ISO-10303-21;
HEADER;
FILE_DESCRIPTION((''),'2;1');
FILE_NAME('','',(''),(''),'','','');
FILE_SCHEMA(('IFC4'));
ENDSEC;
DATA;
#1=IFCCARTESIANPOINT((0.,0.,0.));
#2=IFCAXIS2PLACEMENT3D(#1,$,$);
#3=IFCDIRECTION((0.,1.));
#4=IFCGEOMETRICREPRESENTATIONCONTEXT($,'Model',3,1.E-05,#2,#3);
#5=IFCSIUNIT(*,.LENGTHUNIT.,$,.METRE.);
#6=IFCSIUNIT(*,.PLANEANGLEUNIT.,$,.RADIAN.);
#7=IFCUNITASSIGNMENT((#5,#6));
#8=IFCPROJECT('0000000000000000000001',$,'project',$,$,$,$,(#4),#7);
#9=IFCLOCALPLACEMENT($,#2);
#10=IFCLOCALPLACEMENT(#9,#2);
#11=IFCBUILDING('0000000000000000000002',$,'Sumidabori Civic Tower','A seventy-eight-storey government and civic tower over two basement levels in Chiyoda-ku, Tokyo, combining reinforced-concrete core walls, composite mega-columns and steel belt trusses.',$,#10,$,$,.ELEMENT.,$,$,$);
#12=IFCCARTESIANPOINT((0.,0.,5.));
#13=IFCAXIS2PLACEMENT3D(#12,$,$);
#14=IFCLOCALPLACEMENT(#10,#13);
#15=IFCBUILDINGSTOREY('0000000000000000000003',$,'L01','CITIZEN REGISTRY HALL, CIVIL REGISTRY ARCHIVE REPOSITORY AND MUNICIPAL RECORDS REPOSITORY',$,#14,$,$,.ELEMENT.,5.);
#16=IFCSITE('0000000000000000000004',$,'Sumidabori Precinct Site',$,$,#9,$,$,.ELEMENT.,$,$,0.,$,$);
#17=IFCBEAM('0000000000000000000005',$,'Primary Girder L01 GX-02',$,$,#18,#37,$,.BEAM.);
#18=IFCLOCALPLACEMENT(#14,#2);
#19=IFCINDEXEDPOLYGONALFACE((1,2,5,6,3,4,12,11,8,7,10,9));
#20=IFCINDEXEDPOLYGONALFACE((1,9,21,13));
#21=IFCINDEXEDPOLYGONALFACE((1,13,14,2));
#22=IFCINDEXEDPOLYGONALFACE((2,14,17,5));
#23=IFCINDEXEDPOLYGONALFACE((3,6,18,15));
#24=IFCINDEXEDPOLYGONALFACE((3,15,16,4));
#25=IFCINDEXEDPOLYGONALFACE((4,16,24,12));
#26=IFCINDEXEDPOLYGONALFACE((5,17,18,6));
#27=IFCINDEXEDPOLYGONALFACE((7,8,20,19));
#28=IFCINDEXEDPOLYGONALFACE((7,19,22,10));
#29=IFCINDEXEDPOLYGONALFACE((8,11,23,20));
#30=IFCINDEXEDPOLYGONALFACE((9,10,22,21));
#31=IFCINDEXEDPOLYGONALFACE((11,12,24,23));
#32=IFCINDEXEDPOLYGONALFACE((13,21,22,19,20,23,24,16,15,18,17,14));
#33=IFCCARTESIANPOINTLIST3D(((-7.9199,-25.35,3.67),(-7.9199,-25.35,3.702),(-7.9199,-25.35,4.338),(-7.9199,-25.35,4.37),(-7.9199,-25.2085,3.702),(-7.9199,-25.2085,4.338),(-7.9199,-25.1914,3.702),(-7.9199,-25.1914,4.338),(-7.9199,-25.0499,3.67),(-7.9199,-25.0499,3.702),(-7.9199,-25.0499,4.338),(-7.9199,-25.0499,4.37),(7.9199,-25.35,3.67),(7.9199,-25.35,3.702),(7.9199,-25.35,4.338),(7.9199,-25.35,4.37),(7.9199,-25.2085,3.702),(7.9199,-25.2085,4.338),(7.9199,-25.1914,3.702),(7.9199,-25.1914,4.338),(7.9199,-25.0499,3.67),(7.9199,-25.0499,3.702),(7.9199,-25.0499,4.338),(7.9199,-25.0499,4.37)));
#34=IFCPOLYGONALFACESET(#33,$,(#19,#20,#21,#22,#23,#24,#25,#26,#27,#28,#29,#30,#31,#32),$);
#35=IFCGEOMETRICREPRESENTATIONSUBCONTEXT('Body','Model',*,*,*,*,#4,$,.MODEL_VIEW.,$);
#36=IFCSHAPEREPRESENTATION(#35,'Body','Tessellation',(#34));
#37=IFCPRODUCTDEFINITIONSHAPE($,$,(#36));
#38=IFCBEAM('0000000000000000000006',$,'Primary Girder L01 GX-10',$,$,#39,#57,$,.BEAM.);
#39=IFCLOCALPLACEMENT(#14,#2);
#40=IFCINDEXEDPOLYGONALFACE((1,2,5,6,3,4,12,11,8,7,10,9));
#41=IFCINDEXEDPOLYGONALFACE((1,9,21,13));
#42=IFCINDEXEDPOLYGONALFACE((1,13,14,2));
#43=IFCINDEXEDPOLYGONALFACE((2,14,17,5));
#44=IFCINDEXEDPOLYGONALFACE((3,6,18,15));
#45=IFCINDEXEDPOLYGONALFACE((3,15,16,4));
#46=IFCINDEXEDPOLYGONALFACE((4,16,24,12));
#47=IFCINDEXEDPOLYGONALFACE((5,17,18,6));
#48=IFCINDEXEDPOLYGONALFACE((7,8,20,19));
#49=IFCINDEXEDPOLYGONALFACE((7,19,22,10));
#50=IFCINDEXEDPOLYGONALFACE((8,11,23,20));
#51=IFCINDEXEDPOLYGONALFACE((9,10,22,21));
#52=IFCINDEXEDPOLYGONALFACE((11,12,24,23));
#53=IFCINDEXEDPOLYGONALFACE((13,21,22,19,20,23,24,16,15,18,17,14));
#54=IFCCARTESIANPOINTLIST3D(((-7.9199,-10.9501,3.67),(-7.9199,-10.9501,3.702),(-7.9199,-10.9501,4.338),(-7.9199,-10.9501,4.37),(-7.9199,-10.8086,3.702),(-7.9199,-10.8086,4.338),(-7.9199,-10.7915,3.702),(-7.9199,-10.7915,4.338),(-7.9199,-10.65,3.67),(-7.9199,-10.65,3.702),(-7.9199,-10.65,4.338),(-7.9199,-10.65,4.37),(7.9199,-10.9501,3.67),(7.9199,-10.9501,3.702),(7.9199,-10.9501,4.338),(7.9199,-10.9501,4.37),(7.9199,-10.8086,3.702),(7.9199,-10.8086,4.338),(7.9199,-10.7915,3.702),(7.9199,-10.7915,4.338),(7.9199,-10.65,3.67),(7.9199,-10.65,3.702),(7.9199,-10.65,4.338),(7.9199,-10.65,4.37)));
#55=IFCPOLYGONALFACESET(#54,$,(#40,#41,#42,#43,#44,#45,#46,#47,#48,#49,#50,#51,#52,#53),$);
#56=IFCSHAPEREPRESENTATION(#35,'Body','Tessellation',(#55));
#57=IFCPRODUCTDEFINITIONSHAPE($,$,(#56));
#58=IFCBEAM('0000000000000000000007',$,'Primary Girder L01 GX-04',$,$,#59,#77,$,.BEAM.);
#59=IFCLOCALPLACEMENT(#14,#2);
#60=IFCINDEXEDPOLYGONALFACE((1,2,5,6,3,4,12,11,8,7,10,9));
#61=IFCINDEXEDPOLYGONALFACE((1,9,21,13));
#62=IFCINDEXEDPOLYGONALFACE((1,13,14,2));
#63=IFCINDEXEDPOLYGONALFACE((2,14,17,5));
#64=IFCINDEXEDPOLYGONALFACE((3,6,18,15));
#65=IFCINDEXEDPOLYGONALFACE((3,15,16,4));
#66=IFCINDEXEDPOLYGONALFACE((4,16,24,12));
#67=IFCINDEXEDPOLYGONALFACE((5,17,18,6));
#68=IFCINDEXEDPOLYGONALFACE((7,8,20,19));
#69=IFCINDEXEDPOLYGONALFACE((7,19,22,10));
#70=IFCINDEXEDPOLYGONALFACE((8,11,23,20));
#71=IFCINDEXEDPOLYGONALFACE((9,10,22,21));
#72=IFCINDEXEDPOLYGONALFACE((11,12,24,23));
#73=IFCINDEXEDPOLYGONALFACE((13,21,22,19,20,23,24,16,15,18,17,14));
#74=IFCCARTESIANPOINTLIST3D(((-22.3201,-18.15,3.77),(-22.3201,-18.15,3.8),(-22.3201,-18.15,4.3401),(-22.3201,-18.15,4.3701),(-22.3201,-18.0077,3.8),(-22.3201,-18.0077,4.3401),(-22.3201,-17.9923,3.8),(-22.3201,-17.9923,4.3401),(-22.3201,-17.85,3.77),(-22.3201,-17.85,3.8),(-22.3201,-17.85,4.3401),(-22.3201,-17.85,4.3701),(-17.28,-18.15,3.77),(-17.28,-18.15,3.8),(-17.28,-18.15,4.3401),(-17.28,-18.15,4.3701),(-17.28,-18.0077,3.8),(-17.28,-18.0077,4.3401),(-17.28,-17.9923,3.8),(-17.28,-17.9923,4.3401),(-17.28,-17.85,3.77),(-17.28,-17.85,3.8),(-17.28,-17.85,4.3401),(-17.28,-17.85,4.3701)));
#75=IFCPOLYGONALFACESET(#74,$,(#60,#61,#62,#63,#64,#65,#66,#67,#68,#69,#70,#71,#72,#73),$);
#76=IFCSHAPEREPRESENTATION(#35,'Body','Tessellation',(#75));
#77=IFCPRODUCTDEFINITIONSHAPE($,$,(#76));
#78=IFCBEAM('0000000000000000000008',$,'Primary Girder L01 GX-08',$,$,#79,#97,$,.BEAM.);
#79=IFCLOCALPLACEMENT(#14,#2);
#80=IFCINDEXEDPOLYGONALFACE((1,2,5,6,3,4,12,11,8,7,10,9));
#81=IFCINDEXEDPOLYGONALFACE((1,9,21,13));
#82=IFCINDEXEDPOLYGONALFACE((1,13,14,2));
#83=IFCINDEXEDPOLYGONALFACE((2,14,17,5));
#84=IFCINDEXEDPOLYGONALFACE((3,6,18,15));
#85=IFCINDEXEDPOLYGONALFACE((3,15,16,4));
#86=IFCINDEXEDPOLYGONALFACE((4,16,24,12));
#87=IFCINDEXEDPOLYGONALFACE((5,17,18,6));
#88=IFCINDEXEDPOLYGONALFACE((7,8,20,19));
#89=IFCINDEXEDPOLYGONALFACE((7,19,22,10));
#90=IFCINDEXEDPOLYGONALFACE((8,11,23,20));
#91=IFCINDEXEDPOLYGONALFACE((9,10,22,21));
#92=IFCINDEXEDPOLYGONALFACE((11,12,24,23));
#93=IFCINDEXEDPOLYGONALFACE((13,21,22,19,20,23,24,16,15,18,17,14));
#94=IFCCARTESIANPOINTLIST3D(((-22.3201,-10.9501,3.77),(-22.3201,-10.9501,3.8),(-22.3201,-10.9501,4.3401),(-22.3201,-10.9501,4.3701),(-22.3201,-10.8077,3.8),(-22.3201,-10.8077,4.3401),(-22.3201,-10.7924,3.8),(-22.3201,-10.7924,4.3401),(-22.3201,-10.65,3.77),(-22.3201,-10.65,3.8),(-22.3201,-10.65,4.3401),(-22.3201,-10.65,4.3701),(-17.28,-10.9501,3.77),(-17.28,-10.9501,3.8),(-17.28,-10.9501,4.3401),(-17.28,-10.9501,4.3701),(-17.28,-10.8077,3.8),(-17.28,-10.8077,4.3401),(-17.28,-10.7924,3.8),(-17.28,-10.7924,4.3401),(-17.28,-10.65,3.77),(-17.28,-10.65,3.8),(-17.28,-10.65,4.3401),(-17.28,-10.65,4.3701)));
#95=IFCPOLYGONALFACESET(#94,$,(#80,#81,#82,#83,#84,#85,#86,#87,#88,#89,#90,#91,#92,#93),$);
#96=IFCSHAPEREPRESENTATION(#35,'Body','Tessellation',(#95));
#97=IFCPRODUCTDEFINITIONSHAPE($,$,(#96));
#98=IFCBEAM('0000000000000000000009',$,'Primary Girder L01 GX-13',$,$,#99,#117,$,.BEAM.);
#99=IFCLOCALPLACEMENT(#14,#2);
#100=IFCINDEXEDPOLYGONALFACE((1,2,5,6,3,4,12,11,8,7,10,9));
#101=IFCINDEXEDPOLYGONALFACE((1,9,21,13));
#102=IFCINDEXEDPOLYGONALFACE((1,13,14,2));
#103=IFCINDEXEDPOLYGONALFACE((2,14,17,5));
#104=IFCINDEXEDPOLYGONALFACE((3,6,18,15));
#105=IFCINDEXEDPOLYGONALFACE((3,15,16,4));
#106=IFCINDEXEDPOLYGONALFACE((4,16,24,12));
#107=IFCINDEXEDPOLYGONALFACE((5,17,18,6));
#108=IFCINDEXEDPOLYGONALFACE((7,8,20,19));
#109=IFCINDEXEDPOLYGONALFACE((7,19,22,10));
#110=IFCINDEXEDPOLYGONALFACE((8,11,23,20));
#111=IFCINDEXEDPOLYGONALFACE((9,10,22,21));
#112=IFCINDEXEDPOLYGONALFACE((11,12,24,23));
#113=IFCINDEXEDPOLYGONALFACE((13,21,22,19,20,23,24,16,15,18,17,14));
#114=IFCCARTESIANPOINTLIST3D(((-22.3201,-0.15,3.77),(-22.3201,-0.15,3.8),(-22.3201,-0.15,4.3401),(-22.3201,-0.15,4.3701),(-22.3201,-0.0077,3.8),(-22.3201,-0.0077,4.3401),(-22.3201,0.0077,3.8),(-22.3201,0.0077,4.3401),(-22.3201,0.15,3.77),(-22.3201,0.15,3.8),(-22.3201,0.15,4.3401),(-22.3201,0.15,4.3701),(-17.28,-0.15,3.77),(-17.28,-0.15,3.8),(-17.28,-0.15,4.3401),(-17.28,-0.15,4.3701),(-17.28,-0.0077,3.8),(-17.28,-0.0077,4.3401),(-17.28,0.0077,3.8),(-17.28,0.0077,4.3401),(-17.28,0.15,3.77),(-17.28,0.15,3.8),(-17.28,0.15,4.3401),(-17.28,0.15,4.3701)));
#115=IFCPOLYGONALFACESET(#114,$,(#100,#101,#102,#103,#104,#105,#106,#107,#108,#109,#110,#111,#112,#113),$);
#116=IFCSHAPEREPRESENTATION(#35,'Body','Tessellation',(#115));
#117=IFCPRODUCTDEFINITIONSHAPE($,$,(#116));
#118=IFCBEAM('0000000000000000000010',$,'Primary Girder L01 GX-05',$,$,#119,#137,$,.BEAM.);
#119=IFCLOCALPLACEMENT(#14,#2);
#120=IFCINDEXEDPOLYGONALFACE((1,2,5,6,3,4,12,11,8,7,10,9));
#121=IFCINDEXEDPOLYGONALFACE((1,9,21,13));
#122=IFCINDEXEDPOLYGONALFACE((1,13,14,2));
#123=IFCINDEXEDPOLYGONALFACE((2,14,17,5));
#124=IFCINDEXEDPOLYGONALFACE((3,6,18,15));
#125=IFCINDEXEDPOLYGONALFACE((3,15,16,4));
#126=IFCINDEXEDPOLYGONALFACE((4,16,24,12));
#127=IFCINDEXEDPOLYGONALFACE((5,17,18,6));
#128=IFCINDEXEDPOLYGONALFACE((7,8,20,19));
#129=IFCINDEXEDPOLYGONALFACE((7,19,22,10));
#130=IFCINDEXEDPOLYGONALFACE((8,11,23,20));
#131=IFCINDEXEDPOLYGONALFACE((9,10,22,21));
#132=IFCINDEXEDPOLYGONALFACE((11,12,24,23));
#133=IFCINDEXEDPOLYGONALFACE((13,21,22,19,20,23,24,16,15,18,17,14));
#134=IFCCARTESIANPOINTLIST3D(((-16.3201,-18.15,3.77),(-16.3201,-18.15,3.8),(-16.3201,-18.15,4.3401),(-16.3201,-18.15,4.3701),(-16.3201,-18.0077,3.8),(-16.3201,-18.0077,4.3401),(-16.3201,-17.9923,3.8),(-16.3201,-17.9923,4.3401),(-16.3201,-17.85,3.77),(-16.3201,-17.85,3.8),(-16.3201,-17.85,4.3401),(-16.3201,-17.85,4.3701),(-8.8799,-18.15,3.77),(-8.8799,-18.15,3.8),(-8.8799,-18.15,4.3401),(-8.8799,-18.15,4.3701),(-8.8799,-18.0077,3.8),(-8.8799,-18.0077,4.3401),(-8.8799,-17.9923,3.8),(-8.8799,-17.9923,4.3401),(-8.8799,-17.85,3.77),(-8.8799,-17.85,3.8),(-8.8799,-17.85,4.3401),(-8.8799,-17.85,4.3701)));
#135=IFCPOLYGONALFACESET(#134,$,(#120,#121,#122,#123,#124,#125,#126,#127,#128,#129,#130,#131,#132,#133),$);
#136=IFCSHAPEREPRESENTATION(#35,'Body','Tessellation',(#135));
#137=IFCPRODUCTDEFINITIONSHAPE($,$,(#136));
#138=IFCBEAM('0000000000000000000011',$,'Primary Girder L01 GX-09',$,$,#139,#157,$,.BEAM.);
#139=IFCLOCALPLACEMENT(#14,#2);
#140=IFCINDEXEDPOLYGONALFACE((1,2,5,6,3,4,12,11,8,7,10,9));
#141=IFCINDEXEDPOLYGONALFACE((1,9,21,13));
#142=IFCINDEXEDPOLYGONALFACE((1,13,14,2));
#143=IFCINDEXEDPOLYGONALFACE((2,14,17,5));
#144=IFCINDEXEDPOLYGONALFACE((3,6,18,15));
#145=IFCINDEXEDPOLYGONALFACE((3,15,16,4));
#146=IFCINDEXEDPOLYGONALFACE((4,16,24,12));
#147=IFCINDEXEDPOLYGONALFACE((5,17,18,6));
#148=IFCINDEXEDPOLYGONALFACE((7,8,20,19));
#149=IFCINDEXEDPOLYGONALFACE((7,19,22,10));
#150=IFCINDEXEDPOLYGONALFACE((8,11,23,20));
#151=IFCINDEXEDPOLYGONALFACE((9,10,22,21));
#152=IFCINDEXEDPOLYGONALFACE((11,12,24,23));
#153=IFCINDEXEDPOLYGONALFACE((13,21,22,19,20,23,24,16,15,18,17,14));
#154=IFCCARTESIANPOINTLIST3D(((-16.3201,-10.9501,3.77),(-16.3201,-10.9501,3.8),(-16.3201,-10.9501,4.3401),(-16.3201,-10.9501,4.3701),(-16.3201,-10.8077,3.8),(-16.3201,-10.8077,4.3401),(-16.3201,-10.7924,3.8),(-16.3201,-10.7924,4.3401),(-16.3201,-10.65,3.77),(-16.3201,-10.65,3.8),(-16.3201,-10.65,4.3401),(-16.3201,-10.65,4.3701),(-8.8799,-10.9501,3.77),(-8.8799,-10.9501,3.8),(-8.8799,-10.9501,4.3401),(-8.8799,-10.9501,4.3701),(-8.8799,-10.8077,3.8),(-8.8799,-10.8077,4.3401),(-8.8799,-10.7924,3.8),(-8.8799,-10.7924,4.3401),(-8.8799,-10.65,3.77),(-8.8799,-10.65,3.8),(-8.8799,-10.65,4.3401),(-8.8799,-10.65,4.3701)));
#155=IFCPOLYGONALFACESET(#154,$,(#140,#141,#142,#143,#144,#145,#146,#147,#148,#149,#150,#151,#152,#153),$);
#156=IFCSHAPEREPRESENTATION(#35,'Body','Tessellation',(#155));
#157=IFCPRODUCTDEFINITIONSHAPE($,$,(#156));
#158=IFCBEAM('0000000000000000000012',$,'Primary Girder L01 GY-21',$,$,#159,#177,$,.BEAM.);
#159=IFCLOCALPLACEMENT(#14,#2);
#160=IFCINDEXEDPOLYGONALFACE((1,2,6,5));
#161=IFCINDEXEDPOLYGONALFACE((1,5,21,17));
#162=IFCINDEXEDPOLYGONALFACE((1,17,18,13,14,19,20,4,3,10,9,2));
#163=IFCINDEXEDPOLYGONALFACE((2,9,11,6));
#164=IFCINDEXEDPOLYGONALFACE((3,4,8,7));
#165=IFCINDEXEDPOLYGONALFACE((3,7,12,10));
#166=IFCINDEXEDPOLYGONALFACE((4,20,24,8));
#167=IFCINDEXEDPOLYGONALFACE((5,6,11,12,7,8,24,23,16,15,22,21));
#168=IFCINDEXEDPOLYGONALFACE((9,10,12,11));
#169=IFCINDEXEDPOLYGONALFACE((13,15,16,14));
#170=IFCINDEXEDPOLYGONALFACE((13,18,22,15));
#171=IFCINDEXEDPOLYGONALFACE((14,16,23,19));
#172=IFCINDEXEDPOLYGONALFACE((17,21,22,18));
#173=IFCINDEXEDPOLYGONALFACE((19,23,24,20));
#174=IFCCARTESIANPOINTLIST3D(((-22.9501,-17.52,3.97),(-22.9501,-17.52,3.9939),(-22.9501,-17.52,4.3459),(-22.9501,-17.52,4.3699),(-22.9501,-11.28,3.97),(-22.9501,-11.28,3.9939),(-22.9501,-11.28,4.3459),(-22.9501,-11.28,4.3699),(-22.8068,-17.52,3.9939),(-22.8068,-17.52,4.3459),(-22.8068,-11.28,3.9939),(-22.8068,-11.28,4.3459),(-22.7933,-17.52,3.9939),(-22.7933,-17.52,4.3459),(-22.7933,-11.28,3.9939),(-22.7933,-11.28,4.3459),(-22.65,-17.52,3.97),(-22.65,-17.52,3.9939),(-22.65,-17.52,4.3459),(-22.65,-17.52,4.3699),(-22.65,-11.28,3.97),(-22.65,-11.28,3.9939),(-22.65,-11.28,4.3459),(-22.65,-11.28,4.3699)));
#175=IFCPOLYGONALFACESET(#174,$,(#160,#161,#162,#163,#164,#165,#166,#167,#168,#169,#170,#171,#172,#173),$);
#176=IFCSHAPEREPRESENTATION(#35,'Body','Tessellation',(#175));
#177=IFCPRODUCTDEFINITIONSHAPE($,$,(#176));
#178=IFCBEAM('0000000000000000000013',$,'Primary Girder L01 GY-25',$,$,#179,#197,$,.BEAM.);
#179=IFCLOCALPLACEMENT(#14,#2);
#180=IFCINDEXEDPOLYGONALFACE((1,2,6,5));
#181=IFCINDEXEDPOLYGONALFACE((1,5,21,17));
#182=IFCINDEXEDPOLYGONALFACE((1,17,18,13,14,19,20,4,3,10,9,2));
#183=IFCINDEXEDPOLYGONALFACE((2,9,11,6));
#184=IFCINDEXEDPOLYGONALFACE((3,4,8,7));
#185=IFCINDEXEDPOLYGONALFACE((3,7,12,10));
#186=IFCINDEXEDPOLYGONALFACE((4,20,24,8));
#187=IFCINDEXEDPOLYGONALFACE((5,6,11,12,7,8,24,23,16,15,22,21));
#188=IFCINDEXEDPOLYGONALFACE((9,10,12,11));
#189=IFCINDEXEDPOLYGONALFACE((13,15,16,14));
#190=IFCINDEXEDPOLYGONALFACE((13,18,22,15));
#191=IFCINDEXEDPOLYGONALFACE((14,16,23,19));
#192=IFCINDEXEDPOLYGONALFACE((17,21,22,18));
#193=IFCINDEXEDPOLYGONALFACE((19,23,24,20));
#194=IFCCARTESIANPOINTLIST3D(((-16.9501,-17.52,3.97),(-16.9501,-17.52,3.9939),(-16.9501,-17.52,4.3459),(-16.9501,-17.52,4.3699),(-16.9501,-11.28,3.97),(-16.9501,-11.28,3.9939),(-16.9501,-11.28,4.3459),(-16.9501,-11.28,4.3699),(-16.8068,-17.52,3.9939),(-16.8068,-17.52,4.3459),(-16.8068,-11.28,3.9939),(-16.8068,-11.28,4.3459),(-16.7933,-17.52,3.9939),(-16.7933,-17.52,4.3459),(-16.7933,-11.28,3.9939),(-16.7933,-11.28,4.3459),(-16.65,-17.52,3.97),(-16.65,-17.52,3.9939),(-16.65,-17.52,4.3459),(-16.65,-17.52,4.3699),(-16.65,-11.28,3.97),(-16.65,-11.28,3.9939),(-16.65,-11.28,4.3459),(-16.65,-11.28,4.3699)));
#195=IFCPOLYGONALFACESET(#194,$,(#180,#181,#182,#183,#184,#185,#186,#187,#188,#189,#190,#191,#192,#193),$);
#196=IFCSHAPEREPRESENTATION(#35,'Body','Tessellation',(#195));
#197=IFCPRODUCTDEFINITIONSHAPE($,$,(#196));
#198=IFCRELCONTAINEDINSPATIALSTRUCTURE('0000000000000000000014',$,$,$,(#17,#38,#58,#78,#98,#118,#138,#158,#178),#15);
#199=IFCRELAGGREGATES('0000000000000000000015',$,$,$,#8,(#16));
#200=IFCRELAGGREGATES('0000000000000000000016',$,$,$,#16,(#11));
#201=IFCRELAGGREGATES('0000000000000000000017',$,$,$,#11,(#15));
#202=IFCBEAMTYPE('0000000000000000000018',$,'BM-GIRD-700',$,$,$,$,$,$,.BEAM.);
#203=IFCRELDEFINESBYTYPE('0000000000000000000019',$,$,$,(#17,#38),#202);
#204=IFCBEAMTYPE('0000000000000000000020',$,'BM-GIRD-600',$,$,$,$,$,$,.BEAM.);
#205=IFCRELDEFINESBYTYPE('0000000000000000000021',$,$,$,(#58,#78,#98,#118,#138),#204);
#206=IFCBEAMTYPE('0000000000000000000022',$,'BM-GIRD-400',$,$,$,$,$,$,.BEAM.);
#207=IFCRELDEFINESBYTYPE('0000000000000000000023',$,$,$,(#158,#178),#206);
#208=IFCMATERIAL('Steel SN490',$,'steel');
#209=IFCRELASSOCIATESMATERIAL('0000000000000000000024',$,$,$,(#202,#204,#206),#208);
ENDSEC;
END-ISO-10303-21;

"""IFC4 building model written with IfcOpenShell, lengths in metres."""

from ifc_helpers import new_model, si_unit, direction, frame, origin, origin_2d, place, context, subcontext, project, spatial, i_section, extrude, source, transform, mapped, material, material_profile, profile_set, type_object, element, save


model = new_model("IFC4")

# Units and contexts
model_context = context("Model", 3, precision=1e-05, world=origin(), true_north=direction((0.0, 1.0)))
body_context = subcontext(model_context, "Body", "Model", "MODEL_VIEW")
ifc_project = project(units=[si_unit("LENGTHUNIT", "METRE"), si_unit("PLANEANGLEUNIT", "RADIAN")], contexts=[model_context])

# Site, building, storey
site_placement = place(None, origin())
site = spatial("IfcSite", under=ifc_project, at=site_placement, Name="Sumidabori Precinct Site", CompositionType="ELEMENT", RefElevation=0.0)
building_placement = place(site_placement, origin())
building = spatial("IfcBuilding", under=site, at=building_placement, Name="Sumidabori Civic Tower", Description="A seventy-eight-storey government and civic tower over two basement levels in Chiyoda-ku, Tokyo, combining reinforced-concrete core walls, composite mega-columns and steel belt trusses.", CompositionType="ELEMENT")
storey_placement = place(building_placement, frame((0.0, 0.0, 5.0)))
storey = spatial("IfcBuildingStorey", under=building, at=storey_placement, Name="L01", Description="CITIZEN REGISTRY HALL, CIVIL REGISTRY ARCHIVE REPOSITORY AND MUNICIPAL RECORDS REPOSITORY", CompositionType="ELEMENT", Elevation=5.0)

# Beams
ifc_material_1 = material(Name="Steel SN490", Category="steel")
ifc_material_profile_1 = material_profile(ifc_material_1, i_section(OverallWidth=0.3, OverallDepth=0.7, WebThickness=0.0171, FlangeThickness=0.032, at=origin_2d()), Name="HE 700 B")
ifc_profile_set_1 = profile_set([ifc_material_profile_1], Name="Steel SN490")
beam_type_1 = type_object("IfcBeamType", Name="BM-GIRD-700", PredefinedType="BEAM", material=ifc_profile_set_1)
shared_shape_1 = source(origin(), body_context, "Body", "SweptSolid", [
    extrude(i_section(OverallWidth=0.3, OverallDepth=0.7, WebThickness=0.0171, FlangeThickness=0.032, at=origin_2d()), origin(), (0.0, 0.0, 1.0), 15.8398),
])
for number, where, z_axis, x_axis, name in (
    (1, (-7.9199, -25.2, 4.02), (1.0, 0.0, 0.0), (0.0, 1.0, 0.0), "Primary Girder L01 GX-02"),
    (2, (-7.9199, -10.8, 4.02), (1.0, 0.0, 0.0), (0.0, 1.0, 0.0), "Primary Girder L01 GX-10"),
):
    element("IfcBeam", number, at=place(storey_placement, frame(where, z_axis=z_axis, x_axis=x_axis)), inside=storey, type_object=beam_type_1, Name=name, PredefinedType="BEAM", context=body_context, shape_type="MappedRepresentation", body=[
        mapped(shared_shape_1, transform((0.0, 0.0, 0.0), x_axis=(1.0, 0.0, 0.0), y_axis=(0.0, 1.0, 0.0), z_axis=(0.0, 0.0, 1.0), scale=1.0)),
    ])
ifc_material_profile_2 = material_profile(ifc_material_1, i_section(OverallWidth=0.3, OverallDepth=0.6001, WebThickness=0.0154, FlangeThickness=0.03, at=origin_2d()), Name="HE 600 B")
ifc_profile_set_2 = profile_set([ifc_material_profile_2], Name="Steel SN490")
beam_type_2 = type_object("IfcBeamType", Name="BM-GIRD-600", PredefinedType="BEAM", material=ifc_profile_set_2)
shared_shape_2 = source(origin(), body_context, "Body", "SweptSolid", [
    extrude(i_section(OverallWidth=0.3, OverallDepth=0.6001, WebThickness=0.0154, FlangeThickness=0.03, at=origin_2d()), origin(), (0.0, 0.0, 1.0), 5.04),
])
for number, where, z_axis, x_axis, name in (
    (3, (-22.3201, -18.0, 4.0701), (1.0, 0.0, 0.0), (0.0, 1.0, 0.0), "Primary Girder L01 GX-04"),
    (4, (-22.3201, -10.8, 4.0701), (1.0, 0.0, 0.0), (0.0, 1.0, 0.0), "Primary Girder L01 GX-08"),
    (5, (-22.3201, 0.0, 4.0701), (1.0, 0.0, 0.0), (0.0, 1.0, 0.0), "Primary Girder L01 GX-13"),
):
    element("IfcBeam", number, at=place(storey_placement, frame(where, z_axis=z_axis, x_axis=x_axis)), inside=storey, type_object=beam_type_2, Name=name, PredefinedType="BEAM", context=body_context, shape_type="MappedRepresentation", body=[
        mapped(shared_shape_2, transform((0.0, 0.0, 0.0), x_axis=(1.0, 0.0, 0.0), y_axis=(0.0, 1.0, 0.0), z_axis=(0.0, 0.0, 1.0), scale=1.0)),
    ])
shared_shape_3 = source(origin(), body_context, "Body", "SweptSolid", [
    extrude(i_section(OverallWidth=0.3, OverallDepth=0.6001, WebThickness=0.0154, FlangeThickness=0.03, at=origin_2d()), origin(), (0.0, 0.0, 1.0), 7.4402),
])
for number, where, z_axis, x_axis, name in (
    (6, (-16.3201, -18.0, 4.0701), (1.0, 0.0, 0.0), (0.0, 1.0, 0.0), "Primary Girder L01 GX-05"),
    (7, (-16.3201, -10.8, 4.0701), (1.0, 0.0, 0.0), (0.0, 1.0, 0.0), "Primary Girder L01 GX-09"),
):
    element("IfcBeam", number, at=place(storey_placement, frame(where, z_axis=z_axis, x_axis=x_axis)), inside=storey, type_object=beam_type_2, Name=name, PredefinedType="BEAM", context=body_context, shape_type="MappedRepresentation", body=[
        mapped(shared_shape_3, transform((0.0, 0.0, 0.0), x_axis=(1.0, 0.0, 0.0), y_axis=(0.0, 1.0, 0.0), z_axis=(0.0, 0.0, 1.0), scale=1.0)),
    ])
ifc_material_profile_3 = material_profile(ifc_material_1, i_section(OverallWidth=0.3, OverallDepth=0.3999, WebThickness=0.0134, FlangeThickness=0.0239, at=origin_2d()), Name="HE 400 B")
ifc_profile_set_3 = profile_set([ifc_material_profile_3], Name="Steel SN490")
beam_type_3 = type_object("IfcBeamType", Name="BM-GIRD-400", PredefinedType="BEAM", material=ifc_profile_set_3)
shared_shape_4 = source(origin(), body_context, "Body", "SweptSolid", [
    extrude(i_section(OverallWidth=0.3, OverallDepth=0.3999, WebThickness=0.0134, FlangeThickness=0.0239, at=origin_2d()), origin(), (0.0, 0.0, 1.0), 6.24),
])
for number, where, z_axis, x_axis, name in (
    (8, (-22.8, -17.52, 4.1699), (0.0, 1.0, 0.0), (-1.0, 0.0, 0.0), "Primary Girder L01 GY-21"),
    (9, (-16.8, -17.52, 4.1699), (0.0, 1.0, 0.0), (-1.0, 0.0, 0.0), "Primary Girder L01 GY-25"),
):
    element("IfcBeam", number, at=place(storey_placement, frame(where, z_axis=z_axis, x_axis=x_axis)), inside=storey, type_object=beam_type_3, Name=name, PredefinedType="BEAM", context=body_context, shape_type="MappedRepresentation", body=[
        mapped(shared_shape_4, transform((0.0, 0.0, 0.0), x_axis=(1.0, 0.0, 0.0), y_axis=(0.0, 1.0, 0.0), z_axis=(0.0, 0.0, 1.0), scale=1.0)),
    ])

save(model, "model.ifc")
